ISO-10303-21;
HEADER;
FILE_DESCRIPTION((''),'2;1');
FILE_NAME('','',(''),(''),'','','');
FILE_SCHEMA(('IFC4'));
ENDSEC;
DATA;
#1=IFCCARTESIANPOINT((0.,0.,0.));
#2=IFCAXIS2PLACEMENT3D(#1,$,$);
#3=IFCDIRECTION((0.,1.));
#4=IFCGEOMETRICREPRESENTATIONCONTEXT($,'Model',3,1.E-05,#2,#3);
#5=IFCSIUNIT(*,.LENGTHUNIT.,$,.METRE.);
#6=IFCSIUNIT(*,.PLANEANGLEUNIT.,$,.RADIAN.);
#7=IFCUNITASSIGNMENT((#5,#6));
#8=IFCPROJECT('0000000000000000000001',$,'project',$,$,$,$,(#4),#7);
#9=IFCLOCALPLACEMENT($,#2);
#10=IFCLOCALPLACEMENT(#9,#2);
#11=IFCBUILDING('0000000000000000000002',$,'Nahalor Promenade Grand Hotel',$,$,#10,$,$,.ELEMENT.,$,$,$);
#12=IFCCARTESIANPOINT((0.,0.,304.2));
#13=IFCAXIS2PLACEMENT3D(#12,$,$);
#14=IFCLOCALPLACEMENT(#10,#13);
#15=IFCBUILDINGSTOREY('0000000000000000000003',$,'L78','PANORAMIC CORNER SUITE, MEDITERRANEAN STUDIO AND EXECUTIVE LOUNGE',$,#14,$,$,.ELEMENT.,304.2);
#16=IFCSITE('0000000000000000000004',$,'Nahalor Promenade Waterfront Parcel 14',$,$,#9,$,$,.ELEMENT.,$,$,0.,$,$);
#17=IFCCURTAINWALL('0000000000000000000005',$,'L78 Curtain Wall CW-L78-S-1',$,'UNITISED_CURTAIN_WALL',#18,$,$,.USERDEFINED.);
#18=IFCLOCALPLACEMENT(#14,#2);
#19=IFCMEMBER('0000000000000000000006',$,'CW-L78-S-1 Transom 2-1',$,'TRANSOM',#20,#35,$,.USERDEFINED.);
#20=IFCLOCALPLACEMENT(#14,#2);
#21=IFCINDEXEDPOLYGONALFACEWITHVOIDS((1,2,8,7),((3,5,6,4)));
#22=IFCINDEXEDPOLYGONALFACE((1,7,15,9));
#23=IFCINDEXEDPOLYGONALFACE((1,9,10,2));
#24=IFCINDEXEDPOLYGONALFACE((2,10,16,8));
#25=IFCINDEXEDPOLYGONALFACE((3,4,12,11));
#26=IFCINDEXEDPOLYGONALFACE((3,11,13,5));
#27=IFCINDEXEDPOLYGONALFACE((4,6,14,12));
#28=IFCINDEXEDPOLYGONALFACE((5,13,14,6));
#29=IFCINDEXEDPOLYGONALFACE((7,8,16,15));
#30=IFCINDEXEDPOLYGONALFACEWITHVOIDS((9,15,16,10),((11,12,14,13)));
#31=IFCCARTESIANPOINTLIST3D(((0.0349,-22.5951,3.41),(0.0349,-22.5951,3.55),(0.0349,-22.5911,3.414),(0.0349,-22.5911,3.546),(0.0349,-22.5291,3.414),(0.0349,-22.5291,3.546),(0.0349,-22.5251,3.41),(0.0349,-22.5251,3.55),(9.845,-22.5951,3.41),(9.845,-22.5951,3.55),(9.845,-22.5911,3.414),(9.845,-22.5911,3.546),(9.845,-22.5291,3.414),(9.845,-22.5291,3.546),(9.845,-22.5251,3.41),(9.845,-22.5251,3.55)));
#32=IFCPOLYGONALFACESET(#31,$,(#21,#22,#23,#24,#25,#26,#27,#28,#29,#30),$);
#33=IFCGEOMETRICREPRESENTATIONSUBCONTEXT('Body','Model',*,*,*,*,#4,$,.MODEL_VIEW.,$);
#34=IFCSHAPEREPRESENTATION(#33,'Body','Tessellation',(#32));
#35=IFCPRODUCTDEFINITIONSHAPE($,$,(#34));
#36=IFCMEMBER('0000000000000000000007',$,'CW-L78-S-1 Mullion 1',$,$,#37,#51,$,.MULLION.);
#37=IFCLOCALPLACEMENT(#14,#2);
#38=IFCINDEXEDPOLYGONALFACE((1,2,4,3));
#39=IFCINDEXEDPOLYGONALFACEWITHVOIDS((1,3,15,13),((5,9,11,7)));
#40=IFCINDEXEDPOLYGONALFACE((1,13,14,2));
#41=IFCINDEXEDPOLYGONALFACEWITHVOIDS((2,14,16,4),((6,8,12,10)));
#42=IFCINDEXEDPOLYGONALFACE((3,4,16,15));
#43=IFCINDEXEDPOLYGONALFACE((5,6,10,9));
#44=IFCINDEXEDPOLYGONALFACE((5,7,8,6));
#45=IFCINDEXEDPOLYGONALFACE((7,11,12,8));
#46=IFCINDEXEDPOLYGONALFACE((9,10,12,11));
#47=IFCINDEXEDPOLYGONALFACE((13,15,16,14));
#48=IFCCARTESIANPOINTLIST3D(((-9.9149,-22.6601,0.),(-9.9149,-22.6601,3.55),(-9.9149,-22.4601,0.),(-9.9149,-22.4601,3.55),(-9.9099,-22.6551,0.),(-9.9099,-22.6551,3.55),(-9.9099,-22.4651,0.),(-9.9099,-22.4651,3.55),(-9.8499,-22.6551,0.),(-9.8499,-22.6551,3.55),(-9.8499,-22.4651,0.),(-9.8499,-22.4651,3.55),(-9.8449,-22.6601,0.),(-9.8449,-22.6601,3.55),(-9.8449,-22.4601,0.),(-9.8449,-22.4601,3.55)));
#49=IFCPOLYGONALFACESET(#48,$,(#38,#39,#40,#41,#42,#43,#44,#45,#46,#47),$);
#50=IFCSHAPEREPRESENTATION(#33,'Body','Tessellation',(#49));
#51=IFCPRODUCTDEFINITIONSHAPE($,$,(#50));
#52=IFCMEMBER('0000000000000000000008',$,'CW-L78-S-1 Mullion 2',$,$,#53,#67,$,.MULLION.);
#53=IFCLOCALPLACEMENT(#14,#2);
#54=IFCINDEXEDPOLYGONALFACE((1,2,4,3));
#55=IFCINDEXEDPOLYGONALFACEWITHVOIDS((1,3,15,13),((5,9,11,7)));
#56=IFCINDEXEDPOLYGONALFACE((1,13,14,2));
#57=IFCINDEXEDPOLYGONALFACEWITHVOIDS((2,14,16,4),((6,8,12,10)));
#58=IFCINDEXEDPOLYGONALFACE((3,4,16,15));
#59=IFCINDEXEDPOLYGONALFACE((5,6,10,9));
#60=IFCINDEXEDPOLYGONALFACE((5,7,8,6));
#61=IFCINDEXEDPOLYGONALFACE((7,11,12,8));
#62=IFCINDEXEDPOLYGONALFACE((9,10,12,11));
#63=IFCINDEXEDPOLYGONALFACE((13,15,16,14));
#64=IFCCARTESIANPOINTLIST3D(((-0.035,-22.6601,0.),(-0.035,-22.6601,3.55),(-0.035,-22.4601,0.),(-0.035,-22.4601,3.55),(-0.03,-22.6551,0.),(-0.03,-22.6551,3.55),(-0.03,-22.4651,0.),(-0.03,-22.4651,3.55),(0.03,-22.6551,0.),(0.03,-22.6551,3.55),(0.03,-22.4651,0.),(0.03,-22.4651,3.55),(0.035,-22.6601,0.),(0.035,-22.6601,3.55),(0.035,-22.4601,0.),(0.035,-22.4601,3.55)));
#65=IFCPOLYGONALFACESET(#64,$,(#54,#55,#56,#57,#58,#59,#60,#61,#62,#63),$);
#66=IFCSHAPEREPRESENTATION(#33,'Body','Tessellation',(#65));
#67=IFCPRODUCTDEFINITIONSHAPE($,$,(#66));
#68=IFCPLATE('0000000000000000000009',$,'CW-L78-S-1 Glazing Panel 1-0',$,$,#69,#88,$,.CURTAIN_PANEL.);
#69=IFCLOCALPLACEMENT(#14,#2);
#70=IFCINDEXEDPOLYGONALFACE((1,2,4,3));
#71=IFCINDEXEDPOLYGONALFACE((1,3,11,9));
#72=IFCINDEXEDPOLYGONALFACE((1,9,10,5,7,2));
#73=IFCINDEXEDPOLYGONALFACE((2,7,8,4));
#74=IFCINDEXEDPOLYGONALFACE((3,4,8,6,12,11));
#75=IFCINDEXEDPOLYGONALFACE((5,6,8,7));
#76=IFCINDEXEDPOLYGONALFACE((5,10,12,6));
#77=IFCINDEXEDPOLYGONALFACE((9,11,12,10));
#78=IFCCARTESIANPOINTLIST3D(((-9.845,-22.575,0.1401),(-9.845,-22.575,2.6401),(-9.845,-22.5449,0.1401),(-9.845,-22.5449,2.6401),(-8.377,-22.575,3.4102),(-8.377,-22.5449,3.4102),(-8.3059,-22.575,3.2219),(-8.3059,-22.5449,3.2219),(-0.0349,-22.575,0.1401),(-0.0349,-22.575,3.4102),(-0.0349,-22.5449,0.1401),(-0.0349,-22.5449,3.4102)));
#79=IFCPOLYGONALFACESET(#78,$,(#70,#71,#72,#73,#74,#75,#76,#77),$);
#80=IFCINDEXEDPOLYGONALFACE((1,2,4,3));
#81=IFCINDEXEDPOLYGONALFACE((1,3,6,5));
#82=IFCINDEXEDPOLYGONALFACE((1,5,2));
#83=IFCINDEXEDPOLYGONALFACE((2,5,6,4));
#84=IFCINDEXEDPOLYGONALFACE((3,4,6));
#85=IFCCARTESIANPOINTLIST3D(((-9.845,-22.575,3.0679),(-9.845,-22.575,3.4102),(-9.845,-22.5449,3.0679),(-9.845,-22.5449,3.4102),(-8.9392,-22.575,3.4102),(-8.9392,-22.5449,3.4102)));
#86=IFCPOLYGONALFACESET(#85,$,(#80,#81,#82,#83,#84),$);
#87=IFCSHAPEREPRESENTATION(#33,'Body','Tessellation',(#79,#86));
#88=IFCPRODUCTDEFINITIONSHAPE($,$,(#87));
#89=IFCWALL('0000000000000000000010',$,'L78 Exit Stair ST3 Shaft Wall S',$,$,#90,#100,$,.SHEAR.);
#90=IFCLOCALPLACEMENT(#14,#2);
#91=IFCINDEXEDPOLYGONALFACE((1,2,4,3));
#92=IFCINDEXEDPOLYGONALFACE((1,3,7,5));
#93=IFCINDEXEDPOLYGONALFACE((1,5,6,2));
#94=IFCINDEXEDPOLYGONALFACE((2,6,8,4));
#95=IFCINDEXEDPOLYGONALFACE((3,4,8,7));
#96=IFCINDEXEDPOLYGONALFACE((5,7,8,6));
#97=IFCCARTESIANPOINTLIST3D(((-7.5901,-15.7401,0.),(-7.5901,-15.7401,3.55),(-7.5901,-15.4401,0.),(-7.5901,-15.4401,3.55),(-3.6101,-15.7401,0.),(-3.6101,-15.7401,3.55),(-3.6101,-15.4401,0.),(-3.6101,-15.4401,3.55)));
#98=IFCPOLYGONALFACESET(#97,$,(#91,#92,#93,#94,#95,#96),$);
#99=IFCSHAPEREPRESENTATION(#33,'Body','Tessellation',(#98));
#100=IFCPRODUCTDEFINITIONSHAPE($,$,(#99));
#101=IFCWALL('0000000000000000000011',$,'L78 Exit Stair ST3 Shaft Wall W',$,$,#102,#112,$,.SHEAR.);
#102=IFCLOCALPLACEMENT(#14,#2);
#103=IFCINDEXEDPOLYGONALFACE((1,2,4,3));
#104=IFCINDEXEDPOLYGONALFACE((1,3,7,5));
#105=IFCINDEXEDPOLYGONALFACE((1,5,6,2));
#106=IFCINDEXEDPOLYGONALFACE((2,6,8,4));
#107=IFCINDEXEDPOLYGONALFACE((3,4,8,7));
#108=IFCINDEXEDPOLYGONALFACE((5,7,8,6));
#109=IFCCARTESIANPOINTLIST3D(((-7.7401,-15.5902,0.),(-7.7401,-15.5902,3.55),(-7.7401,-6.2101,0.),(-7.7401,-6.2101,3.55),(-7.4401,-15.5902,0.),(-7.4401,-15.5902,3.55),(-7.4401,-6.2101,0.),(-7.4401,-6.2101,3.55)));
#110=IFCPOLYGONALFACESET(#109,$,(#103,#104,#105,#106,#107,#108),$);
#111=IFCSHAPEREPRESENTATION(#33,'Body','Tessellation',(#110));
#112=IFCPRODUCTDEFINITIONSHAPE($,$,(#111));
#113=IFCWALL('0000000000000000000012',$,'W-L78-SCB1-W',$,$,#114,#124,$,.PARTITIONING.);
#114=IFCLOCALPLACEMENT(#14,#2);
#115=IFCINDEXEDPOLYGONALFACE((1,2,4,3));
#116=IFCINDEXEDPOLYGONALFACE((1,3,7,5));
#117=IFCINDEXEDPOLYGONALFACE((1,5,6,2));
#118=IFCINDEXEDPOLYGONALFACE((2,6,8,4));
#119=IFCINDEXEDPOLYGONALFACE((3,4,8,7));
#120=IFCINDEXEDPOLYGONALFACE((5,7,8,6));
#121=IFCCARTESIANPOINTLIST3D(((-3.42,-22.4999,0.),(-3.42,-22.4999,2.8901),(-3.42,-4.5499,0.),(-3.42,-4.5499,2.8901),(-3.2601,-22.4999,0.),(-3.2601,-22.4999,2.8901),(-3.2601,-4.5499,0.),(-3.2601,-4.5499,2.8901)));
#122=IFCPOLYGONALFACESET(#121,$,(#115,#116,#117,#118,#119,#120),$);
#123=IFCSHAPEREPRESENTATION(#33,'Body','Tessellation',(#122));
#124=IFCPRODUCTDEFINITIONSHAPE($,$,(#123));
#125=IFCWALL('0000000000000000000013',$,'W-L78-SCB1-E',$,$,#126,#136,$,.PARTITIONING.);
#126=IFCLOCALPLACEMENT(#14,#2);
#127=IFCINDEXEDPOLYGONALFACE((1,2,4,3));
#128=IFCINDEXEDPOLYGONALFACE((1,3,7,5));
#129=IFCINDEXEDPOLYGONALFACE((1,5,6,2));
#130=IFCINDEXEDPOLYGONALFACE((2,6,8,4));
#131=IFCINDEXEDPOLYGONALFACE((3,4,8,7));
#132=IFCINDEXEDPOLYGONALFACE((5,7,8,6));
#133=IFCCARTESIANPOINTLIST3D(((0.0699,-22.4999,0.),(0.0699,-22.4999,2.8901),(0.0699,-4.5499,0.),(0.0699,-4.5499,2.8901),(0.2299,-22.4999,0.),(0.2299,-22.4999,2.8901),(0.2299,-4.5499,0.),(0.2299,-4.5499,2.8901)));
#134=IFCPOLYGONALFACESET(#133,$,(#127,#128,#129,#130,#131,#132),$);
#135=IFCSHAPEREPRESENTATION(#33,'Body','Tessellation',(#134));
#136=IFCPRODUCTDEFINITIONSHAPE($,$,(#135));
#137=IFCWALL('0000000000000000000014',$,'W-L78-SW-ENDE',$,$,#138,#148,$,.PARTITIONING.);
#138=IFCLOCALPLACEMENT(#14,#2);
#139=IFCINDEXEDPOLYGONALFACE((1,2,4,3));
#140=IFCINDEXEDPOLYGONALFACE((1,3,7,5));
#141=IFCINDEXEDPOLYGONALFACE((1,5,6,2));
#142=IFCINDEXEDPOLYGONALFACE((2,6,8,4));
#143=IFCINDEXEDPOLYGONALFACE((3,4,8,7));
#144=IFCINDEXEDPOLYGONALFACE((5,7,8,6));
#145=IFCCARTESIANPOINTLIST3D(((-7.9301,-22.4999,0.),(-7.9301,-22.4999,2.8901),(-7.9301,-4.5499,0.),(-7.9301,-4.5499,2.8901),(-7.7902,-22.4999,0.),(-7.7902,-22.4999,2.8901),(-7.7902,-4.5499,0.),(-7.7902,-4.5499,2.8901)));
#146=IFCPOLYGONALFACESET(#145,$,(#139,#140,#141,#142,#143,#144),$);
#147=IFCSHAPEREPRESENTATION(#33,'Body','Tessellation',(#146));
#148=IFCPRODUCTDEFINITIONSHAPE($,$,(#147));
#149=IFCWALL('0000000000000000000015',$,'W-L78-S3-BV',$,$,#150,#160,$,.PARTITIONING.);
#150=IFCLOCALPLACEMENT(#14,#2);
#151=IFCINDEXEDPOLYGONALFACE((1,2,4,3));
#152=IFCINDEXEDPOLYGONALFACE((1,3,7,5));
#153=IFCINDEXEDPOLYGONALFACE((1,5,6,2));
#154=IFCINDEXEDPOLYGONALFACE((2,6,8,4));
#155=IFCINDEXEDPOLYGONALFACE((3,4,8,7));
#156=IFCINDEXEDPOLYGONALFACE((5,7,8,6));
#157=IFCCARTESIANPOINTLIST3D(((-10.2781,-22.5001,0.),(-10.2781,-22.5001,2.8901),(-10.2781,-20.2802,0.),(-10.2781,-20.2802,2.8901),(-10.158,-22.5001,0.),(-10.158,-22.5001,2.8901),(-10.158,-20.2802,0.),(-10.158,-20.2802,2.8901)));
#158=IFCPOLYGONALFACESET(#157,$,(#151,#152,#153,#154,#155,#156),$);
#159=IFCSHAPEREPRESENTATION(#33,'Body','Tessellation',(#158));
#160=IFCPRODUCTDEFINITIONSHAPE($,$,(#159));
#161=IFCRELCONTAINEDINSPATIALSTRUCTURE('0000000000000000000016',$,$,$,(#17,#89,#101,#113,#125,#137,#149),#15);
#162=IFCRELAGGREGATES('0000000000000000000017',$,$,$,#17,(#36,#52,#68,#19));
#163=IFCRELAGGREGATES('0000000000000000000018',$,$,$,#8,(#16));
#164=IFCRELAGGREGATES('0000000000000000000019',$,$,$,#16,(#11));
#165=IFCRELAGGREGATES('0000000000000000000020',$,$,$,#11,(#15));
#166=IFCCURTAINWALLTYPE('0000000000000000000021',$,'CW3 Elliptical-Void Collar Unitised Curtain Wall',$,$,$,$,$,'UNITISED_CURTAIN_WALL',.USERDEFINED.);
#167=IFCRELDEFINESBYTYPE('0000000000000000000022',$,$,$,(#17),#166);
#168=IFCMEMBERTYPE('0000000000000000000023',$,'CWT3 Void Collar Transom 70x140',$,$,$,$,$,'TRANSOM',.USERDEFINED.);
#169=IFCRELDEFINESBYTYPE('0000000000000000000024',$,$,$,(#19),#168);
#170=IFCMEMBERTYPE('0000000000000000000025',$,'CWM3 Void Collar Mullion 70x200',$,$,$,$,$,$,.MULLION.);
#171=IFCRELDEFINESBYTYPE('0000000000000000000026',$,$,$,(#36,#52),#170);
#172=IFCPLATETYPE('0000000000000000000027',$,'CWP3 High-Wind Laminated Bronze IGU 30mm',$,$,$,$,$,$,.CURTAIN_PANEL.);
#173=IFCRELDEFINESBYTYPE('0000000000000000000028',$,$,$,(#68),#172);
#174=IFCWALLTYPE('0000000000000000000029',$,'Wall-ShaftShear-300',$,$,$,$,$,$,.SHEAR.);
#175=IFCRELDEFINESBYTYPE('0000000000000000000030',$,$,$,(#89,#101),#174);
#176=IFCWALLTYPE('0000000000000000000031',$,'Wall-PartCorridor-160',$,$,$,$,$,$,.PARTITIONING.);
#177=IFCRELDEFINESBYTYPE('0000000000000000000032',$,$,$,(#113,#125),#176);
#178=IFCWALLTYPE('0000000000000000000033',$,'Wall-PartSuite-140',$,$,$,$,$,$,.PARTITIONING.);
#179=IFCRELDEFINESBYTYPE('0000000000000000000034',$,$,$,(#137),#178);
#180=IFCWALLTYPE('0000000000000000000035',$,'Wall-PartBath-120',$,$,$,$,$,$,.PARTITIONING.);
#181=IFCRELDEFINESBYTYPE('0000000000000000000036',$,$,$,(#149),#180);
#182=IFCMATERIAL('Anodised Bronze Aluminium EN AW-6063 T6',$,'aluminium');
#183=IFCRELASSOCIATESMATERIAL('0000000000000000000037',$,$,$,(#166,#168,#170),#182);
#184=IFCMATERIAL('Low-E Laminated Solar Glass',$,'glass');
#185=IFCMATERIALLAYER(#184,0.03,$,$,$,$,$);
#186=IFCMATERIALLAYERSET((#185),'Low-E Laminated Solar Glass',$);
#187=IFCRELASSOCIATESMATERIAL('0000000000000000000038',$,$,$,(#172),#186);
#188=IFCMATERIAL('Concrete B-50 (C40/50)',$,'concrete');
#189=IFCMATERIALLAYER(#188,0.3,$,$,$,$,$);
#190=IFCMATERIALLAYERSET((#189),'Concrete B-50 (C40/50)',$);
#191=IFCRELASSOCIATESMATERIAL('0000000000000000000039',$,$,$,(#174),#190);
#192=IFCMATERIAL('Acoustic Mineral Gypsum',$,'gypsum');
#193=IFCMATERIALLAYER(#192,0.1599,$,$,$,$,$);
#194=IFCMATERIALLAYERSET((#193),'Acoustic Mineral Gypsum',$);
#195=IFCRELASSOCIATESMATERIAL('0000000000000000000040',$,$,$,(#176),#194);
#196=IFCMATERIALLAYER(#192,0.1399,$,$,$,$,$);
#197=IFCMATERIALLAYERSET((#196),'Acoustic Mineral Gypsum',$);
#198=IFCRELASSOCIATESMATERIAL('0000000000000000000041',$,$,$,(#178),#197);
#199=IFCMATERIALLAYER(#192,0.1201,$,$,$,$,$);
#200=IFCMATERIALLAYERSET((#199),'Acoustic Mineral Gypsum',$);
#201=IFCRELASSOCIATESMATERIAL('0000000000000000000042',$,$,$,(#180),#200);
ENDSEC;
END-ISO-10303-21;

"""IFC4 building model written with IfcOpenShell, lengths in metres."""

from ifc_helpers import new_model, si_unit, direction, frame, frame_2d, origin, origin_2d, place, context, subcontext, project, spatial, polyline, rectangle, hollow_rectangle, outline, extrude, source, transform, mapped, material, layer, layer_set, material_profile, profile_set, type_object, element, aggregate, save


model = new_model("IFC4")

# Units and contexts
model_context = context("Model", 3, precision=1e-05, world=origin(), true_north=direction((0.0, 1.0)))
body_context = subcontext(model_context, "Body", "Model", "MODEL_VIEW")
ifc_project = project(units=[si_unit("LENGTHUNIT", "METRE"), si_unit("PLANEANGLEUNIT", "RADIAN")], contexts=[model_context])

# Site, building, storey
site_placement = place(None, origin())
site = spatial("IfcSite", under=ifc_project, at=site_placement, Name="Nahalor Promenade Waterfront Parcel 14", CompositionType="ELEMENT", RefElevation=0.0)
building_placement = place(site_placement, origin())
building = spatial("IfcBuilding", under=site, at=building_placement, Name="Nahalor Promenade Grand Hotel", CompositionType="ELEMENT")
storey_placement = place(building_placement, frame((0.0, 0.0, 304.2)))
storey = spatial("IfcBuildingStorey", under=building, at=storey_placement, Name="L78", Description="PANORAMIC CORNER SUITE, MEDITERRANEAN STUDIO AND EXECUTIVE LOUNGE", CompositionType="ELEMENT", Elevation=304.2)

# Shared definitions
ifc_material_1 = material(Name="Concrete B-50 (C40/50)", Category="concrete")

# Curtain wall, members, plate
ifc_material_2 = material(Name="Anodised Bronze Aluminium EN AW-6063 T6", Category="aluminium")
curtain_wall_type = type_object("IfcCurtainWallType", Name="CW3 Elliptical-Void Collar Unitised Curtain Wall", ElementType="UNITISED_CURTAIN_WALL", PredefinedType="USERDEFINED", material=ifc_material_2)
curtain_wall_placement = place(storey_placement, origin())
curtain_wall = element("IfcCurtainWall", 1, at=curtain_wall_placement, inside=storey, type_object=curtain_wall_type, Name="L78 Curtain Wall CW-L78-S-1", ObjectType="UNITISED_CURTAIN_WALL", PredefinedType="USERDEFINED")
ifc_material_profile_1 = material_profile(ifc_material_2, hollow_rectangle(XDim=0.07, YDim=0.14, WallThickness=0.004, at=origin_2d()), Name="CWT 70x140x4")
ifc_profile_set_1 = profile_set([ifc_material_profile_1], Name="Anodised Bronze Aluminium EN AW-6063 T6")
member_type_1 = type_object("IfcMemberType", Name="CWT3 Void Collar Transom 70x140", ElementType="TRANSOM", PredefinedType="USERDEFINED", material=ifc_profile_set_1)
shared_shape_1 = source(origin(), body_context, "Body", "SweptSolid", [
    extrude(hollow_rectangle(XDim=0.07, YDim=0.14, WallThickness=0.004, at=origin_2d()), origin(), (0.0, 0.0, 1.0), 9.8101),
])
member_1_placement = place(storey_placement, frame((0.0349, -22.5601, 3.48), z_axis=(1.0, 0.0, 0.0), x_axis=(0.0, 1.0, 0.0)))
member_1 = element("IfcMember", 2, at=member_1_placement, type_object=member_type_1, Name="CW-L78-S-1 Transom 2-1", ObjectType="TRANSOM", PredefinedType="USERDEFINED", context=body_context, shape_type="MappedRepresentation", body=[
    mapped(shared_shape_1, transform((0.0, 0.0, 0.0), scale=1.0)),
])
ifc_material_profile_2 = material_profile(ifc_material_2, hollow_rectangle(XDim=0.07, YDim=0.2, WallThickness=0.005, at=origin_2d()), Name="CWM 70x200x5")
ifc_profile_set_2 = profile_set([ifc_material_profile_2], Name="Anodised Bronze Aluminium EN AW-6063 T6")
member_type_2 = type_object("IfcMemberType", Name="CWM3 Void Collar Mullion 70x200", PredefinedType="MULLION", material=ifc_profile_set_2)
shared_shape_2 = source(origin(), body_context, "Body", "SweptSolid", [
    extrude(hollow_rectangle(XDim=0.07, YDim=0.2, WallThickness=0.005, at=origin_2d()), origin(), (0.0, 0.0, 1.0), 3.55),
])
member_2_placement = place(storey_placement, frame((-9.8799, -22.5601, 0.0), z_axis=(0.0, 0.0, 1.0), x_axis=(1.0, 0.0, 0.0)))
member_2 = element("IfcMember", 3, at=member_2_placement, type_object=member_type_2, Name="CW-L78-S-1 Mullion 1", PredefinedType="MULLION", context=body_context, shape_type="MappedRepresentation", body=[
    mapped(shared_shape_2, transform((0.0, 0.0, 0.0), scale=1.0)),
])
member_3_placement = place(storey_placement, frame((0.0, -22.5601, 0.0), z_axis=(0.0, 0.0, 1.0), x_axis=(1.0, 0.0, 0.0)))
member_3 = element("IfcMember", 4, at=member_3_placement, type_object=member_type_2, Name="CW-L78-S-1 Mullion 2", PredefinedType="MULLION", context=body_context, shape_type="MappedRepresentation", body=[
    mapped(shared_shape_2, transform((0.0, 0.0, 0.0), scale=1.0)),
])
ifc_material_3 = material(Name="Low-E Laminated Solar Glass", Category="glass")
ifc_layer_1 = layer(ifc_material_3, 0.03)
ifc_layer_set_1 = layer_set([ifc_layer_1], Name="Low-E Laminated Solar Glass")
plate_type = type_object("IfcPlateType", Name="CWP3 High-Wind Laminated Bronze IGU 30mm", PredefinedType="CURTAIN_PANEL", material=ifc_layer_set_1)
plate_placement = place(storey_placement, frame((-4.9399, -22.5601, 0.1401), z_axis=(0.0, 0.0, 1.0), x_axis=(1.0, 0.0, 0.0)))
plate = element("IfcPlate", 5, at=plate_placement, type_object=plate_type, Name="CW-L78-S-1 Glazing Panel 1-0", PredefinedType="CURTAIN_PANEL", context=body_context, shape_type="SweptSolid", body=[
    extrude(outline(polyline([(4.905, 0.0), (4.905, 3.27), (-3.437, 3.27), (-3.366, 3.0818), (-4.905, 2.5), (-4.905, 0.0), (4.905, 0.0)])), frame((0.0, 0.0151, 0.0), z_axis=(0.0, -1.0, 0.0), x_axis=(1.0, 0.0, 0.0)), (0.0, 0.0, 1.0), 0.03),
    extrude(outline(polyline([(-3.9993, 3.27), (-4.905, 3.27), (-4.905, 2.9277), (-3.9993, 3.27)])), frame((0.0, 0.0151, 0.0), z_axis=(0.0, -1.0, 0.0), x_axis=(1.0, 0.0, 0.0)), (0.0, 0.0, 1.0), 0.03),
])
aggregate(curtain_wall, [member_2, member_3, plate, member_1])

# Walls
ifc_layer_2 = layer(ifc_material_1, 0.3)
ifc_layer_set_2 = layer_set([ifc_layer_2], Name="Concrete B-50 (C40/50)")
wall_type_1 = type_object("IfcWallType", Name="Wall-ShaftShear-300", PredefinedType="SHEAR", material=ifc_layer_set_2)
shared_shape_3 = source(origin(), body_context, "Body", "SweptSolid", [
    extrude(rectangle(XDim=3.98, YDim=0.3, at=frame_2d((1.99, 0.0))), origin(), (0.0, 0.0, 1.0), 3.55),
])
wall_1_placement = place(storey_placement, frame((-7.5901, -15.5901, 0.0), z_axis=(0.0, 0.0, 1.0), x_axis=(1.0, 0.0, 0.0)))
element("IfcWall", 6, at=wall_1_placement, inside=storey, type_object=wall_type_1, Name="L78 Exit Stair ST3 Shaft Wall S", PredefinedType="SHEAR", context=body_context, shape_type="MappedRepresentation", body=[
    mapped(shared_shape_3, transform((0.0, 0.0, 0.0), scale=1.0)),
])
shared_shape_4 = source(origin(), body_context, "Body", "SweptSolid", [
    extrude(rectangle(XDim=9.3801, YDim=0.3, at=frame_2d((4.6899, 0.0))), origin(), (0.0, 0.0, 1.0), 3.55),
])
wall_2_placement = place(storey_placement, frame((-7.5901, -15.5901, 0.0), z_axis=(0.0, 0.0, 1.0), x_axis=(0.0, 1.0, 0.0)))
element("IfcWall", 7, at=wall_2_placement, inside=storey, type_object=wall_type_1, Name="L78 Exit Stair ST3 Shaft Wall W", PredefinedType="SHEAR", context=body_context, shape_type="MappedRepresentation", body=[
    mapped(shared_shape_4, transform((0.0, 0.0, 0.0), scale=1.0)),
])
ifc_material_4 = material(Name="Acoustic Mineral Gypsum", Category="gypsum")
ifc_layer_3 = layer(ifc_material_4, 0.1599)
ifc_layer_set_3 = layer_set([ifc_layer_3], Name="Acoustic Mineral Gypsum")
wall_type_2 = type_object("IfcWallType", Name="Wall-PartCorridor-160", PredefinedType="PARTITIONING", material=ifc_layer_set_3)
shared_shape_5 = source(origin(), body_context, "Body", "SweptSolid", [
    extrude(rectangle(XDim=17.95, YDim=0.1599, at=frame_2d((8.9751, 0.0))), origin(), (0.0, 0.0, 1.0), 2.8901),
])
for number, where, z_axis, x_axis, name in (
    (8, (-3.3401, -22.5, 0.0), (0.0, 0.0, 1.0), (0.0, 1.0, 0.0), "W-L78-SCB1-W"),
    (9, (0.1499, -22.5, 0.0), (0.0, 0.0, 1.0), (0.0, 1.0, 0.0), "W-L78-SCB1-E"),
):
    element("IfcWall", number, at=place(storey_placement, frame(where, z_axis=z_axis, x_axis=x_axis)), inside=storey, type_object=wall_type_2, Name=name, PredefinedType="PARTITIONING", context=body_context, shape_type="MappedRepresentation", body=[
        mapped(shared_shape_5, transform((0.0, 0.0, 0.0), scale=1.0)),
    ])
ifc_layer_4 = layer(ifc_material_4, 0.1399)
ifc_layer_set_4 = layer_set([ifc_layer_4], Name="Acoustic Mineral Gypsum")
wall_type_3 = type_object("IfcWallType", Name="Wall-PartSuite-140", PredefinedType="PARTITIONING", material=ifc_layer_set_4)
shared_shape_6 = source(origin(), body_context, "Body", "SweptSolid", [
    extrude(rectangle(XDim=17.95, YDim=0.1399, at=frame_2d((8.9751, 0.0))), origin(), (0.0, 0.0, 1.0), 2.8901),
])
wall_3_placement = place(storey_placement, frame((-7.8601, -22.5, 0.0), z_axis=(0.0, 0.0, 1.0), x_axis=(0.0, 1.0, 0.0)))
element("IfcWall", 10, at=wall_3_placement, inside=storey, type_object=wall_type_3, Name="W-L78-SW-ENDE", PredefinedType="PARTITIONING", context=body_context, shape_type="MappedRepresentation", body=[
    mapped(shared_shape_6, transform((0.0, 0.0, 0.0), scale=1.0)),
])
ifc_layer_5 = layer(ifc_material_4, 0.1201)
ifc_layer_set_5 = layer_set([ifc_layer_5], Name="Acoustic Mineral Gypsum")
wall_type_4 = type_object("IfcWallType", Name="Wall-PartBath-120", PredefinedType="PARTITIONING", material=ifc_layer_set_5)
shared_shape_7 = source(origin(), body_context, "Body", "SweptSolid", [
    extrude(rectangle(XDim=2.22, YDim=0.1201, at=frame_2d((1.1099, 0.0))), origin(), (0.0, 0.0, 1.0), 2.8901),
])
wall_4_placement = place(storey_placement, frame((-10.218, -22.5, 0.0), z_axis=(0.0, 0.0, 1.0), x_axis=(0.0, 1.0, 0.0)))
element("IfcWall", 11, at=wall_4_placement, inside=storey, type_object=wall_type_4, Name="W-L78-S3-BV", PredefinedType="PARTITIONING", context=body_context, shape_type="MappedRepresentation", body=[
    mapped(shared_shape_7, transform((0.0, 0.0, 0.0), scale=1.0)),
])

save(model, "model.ifc")
